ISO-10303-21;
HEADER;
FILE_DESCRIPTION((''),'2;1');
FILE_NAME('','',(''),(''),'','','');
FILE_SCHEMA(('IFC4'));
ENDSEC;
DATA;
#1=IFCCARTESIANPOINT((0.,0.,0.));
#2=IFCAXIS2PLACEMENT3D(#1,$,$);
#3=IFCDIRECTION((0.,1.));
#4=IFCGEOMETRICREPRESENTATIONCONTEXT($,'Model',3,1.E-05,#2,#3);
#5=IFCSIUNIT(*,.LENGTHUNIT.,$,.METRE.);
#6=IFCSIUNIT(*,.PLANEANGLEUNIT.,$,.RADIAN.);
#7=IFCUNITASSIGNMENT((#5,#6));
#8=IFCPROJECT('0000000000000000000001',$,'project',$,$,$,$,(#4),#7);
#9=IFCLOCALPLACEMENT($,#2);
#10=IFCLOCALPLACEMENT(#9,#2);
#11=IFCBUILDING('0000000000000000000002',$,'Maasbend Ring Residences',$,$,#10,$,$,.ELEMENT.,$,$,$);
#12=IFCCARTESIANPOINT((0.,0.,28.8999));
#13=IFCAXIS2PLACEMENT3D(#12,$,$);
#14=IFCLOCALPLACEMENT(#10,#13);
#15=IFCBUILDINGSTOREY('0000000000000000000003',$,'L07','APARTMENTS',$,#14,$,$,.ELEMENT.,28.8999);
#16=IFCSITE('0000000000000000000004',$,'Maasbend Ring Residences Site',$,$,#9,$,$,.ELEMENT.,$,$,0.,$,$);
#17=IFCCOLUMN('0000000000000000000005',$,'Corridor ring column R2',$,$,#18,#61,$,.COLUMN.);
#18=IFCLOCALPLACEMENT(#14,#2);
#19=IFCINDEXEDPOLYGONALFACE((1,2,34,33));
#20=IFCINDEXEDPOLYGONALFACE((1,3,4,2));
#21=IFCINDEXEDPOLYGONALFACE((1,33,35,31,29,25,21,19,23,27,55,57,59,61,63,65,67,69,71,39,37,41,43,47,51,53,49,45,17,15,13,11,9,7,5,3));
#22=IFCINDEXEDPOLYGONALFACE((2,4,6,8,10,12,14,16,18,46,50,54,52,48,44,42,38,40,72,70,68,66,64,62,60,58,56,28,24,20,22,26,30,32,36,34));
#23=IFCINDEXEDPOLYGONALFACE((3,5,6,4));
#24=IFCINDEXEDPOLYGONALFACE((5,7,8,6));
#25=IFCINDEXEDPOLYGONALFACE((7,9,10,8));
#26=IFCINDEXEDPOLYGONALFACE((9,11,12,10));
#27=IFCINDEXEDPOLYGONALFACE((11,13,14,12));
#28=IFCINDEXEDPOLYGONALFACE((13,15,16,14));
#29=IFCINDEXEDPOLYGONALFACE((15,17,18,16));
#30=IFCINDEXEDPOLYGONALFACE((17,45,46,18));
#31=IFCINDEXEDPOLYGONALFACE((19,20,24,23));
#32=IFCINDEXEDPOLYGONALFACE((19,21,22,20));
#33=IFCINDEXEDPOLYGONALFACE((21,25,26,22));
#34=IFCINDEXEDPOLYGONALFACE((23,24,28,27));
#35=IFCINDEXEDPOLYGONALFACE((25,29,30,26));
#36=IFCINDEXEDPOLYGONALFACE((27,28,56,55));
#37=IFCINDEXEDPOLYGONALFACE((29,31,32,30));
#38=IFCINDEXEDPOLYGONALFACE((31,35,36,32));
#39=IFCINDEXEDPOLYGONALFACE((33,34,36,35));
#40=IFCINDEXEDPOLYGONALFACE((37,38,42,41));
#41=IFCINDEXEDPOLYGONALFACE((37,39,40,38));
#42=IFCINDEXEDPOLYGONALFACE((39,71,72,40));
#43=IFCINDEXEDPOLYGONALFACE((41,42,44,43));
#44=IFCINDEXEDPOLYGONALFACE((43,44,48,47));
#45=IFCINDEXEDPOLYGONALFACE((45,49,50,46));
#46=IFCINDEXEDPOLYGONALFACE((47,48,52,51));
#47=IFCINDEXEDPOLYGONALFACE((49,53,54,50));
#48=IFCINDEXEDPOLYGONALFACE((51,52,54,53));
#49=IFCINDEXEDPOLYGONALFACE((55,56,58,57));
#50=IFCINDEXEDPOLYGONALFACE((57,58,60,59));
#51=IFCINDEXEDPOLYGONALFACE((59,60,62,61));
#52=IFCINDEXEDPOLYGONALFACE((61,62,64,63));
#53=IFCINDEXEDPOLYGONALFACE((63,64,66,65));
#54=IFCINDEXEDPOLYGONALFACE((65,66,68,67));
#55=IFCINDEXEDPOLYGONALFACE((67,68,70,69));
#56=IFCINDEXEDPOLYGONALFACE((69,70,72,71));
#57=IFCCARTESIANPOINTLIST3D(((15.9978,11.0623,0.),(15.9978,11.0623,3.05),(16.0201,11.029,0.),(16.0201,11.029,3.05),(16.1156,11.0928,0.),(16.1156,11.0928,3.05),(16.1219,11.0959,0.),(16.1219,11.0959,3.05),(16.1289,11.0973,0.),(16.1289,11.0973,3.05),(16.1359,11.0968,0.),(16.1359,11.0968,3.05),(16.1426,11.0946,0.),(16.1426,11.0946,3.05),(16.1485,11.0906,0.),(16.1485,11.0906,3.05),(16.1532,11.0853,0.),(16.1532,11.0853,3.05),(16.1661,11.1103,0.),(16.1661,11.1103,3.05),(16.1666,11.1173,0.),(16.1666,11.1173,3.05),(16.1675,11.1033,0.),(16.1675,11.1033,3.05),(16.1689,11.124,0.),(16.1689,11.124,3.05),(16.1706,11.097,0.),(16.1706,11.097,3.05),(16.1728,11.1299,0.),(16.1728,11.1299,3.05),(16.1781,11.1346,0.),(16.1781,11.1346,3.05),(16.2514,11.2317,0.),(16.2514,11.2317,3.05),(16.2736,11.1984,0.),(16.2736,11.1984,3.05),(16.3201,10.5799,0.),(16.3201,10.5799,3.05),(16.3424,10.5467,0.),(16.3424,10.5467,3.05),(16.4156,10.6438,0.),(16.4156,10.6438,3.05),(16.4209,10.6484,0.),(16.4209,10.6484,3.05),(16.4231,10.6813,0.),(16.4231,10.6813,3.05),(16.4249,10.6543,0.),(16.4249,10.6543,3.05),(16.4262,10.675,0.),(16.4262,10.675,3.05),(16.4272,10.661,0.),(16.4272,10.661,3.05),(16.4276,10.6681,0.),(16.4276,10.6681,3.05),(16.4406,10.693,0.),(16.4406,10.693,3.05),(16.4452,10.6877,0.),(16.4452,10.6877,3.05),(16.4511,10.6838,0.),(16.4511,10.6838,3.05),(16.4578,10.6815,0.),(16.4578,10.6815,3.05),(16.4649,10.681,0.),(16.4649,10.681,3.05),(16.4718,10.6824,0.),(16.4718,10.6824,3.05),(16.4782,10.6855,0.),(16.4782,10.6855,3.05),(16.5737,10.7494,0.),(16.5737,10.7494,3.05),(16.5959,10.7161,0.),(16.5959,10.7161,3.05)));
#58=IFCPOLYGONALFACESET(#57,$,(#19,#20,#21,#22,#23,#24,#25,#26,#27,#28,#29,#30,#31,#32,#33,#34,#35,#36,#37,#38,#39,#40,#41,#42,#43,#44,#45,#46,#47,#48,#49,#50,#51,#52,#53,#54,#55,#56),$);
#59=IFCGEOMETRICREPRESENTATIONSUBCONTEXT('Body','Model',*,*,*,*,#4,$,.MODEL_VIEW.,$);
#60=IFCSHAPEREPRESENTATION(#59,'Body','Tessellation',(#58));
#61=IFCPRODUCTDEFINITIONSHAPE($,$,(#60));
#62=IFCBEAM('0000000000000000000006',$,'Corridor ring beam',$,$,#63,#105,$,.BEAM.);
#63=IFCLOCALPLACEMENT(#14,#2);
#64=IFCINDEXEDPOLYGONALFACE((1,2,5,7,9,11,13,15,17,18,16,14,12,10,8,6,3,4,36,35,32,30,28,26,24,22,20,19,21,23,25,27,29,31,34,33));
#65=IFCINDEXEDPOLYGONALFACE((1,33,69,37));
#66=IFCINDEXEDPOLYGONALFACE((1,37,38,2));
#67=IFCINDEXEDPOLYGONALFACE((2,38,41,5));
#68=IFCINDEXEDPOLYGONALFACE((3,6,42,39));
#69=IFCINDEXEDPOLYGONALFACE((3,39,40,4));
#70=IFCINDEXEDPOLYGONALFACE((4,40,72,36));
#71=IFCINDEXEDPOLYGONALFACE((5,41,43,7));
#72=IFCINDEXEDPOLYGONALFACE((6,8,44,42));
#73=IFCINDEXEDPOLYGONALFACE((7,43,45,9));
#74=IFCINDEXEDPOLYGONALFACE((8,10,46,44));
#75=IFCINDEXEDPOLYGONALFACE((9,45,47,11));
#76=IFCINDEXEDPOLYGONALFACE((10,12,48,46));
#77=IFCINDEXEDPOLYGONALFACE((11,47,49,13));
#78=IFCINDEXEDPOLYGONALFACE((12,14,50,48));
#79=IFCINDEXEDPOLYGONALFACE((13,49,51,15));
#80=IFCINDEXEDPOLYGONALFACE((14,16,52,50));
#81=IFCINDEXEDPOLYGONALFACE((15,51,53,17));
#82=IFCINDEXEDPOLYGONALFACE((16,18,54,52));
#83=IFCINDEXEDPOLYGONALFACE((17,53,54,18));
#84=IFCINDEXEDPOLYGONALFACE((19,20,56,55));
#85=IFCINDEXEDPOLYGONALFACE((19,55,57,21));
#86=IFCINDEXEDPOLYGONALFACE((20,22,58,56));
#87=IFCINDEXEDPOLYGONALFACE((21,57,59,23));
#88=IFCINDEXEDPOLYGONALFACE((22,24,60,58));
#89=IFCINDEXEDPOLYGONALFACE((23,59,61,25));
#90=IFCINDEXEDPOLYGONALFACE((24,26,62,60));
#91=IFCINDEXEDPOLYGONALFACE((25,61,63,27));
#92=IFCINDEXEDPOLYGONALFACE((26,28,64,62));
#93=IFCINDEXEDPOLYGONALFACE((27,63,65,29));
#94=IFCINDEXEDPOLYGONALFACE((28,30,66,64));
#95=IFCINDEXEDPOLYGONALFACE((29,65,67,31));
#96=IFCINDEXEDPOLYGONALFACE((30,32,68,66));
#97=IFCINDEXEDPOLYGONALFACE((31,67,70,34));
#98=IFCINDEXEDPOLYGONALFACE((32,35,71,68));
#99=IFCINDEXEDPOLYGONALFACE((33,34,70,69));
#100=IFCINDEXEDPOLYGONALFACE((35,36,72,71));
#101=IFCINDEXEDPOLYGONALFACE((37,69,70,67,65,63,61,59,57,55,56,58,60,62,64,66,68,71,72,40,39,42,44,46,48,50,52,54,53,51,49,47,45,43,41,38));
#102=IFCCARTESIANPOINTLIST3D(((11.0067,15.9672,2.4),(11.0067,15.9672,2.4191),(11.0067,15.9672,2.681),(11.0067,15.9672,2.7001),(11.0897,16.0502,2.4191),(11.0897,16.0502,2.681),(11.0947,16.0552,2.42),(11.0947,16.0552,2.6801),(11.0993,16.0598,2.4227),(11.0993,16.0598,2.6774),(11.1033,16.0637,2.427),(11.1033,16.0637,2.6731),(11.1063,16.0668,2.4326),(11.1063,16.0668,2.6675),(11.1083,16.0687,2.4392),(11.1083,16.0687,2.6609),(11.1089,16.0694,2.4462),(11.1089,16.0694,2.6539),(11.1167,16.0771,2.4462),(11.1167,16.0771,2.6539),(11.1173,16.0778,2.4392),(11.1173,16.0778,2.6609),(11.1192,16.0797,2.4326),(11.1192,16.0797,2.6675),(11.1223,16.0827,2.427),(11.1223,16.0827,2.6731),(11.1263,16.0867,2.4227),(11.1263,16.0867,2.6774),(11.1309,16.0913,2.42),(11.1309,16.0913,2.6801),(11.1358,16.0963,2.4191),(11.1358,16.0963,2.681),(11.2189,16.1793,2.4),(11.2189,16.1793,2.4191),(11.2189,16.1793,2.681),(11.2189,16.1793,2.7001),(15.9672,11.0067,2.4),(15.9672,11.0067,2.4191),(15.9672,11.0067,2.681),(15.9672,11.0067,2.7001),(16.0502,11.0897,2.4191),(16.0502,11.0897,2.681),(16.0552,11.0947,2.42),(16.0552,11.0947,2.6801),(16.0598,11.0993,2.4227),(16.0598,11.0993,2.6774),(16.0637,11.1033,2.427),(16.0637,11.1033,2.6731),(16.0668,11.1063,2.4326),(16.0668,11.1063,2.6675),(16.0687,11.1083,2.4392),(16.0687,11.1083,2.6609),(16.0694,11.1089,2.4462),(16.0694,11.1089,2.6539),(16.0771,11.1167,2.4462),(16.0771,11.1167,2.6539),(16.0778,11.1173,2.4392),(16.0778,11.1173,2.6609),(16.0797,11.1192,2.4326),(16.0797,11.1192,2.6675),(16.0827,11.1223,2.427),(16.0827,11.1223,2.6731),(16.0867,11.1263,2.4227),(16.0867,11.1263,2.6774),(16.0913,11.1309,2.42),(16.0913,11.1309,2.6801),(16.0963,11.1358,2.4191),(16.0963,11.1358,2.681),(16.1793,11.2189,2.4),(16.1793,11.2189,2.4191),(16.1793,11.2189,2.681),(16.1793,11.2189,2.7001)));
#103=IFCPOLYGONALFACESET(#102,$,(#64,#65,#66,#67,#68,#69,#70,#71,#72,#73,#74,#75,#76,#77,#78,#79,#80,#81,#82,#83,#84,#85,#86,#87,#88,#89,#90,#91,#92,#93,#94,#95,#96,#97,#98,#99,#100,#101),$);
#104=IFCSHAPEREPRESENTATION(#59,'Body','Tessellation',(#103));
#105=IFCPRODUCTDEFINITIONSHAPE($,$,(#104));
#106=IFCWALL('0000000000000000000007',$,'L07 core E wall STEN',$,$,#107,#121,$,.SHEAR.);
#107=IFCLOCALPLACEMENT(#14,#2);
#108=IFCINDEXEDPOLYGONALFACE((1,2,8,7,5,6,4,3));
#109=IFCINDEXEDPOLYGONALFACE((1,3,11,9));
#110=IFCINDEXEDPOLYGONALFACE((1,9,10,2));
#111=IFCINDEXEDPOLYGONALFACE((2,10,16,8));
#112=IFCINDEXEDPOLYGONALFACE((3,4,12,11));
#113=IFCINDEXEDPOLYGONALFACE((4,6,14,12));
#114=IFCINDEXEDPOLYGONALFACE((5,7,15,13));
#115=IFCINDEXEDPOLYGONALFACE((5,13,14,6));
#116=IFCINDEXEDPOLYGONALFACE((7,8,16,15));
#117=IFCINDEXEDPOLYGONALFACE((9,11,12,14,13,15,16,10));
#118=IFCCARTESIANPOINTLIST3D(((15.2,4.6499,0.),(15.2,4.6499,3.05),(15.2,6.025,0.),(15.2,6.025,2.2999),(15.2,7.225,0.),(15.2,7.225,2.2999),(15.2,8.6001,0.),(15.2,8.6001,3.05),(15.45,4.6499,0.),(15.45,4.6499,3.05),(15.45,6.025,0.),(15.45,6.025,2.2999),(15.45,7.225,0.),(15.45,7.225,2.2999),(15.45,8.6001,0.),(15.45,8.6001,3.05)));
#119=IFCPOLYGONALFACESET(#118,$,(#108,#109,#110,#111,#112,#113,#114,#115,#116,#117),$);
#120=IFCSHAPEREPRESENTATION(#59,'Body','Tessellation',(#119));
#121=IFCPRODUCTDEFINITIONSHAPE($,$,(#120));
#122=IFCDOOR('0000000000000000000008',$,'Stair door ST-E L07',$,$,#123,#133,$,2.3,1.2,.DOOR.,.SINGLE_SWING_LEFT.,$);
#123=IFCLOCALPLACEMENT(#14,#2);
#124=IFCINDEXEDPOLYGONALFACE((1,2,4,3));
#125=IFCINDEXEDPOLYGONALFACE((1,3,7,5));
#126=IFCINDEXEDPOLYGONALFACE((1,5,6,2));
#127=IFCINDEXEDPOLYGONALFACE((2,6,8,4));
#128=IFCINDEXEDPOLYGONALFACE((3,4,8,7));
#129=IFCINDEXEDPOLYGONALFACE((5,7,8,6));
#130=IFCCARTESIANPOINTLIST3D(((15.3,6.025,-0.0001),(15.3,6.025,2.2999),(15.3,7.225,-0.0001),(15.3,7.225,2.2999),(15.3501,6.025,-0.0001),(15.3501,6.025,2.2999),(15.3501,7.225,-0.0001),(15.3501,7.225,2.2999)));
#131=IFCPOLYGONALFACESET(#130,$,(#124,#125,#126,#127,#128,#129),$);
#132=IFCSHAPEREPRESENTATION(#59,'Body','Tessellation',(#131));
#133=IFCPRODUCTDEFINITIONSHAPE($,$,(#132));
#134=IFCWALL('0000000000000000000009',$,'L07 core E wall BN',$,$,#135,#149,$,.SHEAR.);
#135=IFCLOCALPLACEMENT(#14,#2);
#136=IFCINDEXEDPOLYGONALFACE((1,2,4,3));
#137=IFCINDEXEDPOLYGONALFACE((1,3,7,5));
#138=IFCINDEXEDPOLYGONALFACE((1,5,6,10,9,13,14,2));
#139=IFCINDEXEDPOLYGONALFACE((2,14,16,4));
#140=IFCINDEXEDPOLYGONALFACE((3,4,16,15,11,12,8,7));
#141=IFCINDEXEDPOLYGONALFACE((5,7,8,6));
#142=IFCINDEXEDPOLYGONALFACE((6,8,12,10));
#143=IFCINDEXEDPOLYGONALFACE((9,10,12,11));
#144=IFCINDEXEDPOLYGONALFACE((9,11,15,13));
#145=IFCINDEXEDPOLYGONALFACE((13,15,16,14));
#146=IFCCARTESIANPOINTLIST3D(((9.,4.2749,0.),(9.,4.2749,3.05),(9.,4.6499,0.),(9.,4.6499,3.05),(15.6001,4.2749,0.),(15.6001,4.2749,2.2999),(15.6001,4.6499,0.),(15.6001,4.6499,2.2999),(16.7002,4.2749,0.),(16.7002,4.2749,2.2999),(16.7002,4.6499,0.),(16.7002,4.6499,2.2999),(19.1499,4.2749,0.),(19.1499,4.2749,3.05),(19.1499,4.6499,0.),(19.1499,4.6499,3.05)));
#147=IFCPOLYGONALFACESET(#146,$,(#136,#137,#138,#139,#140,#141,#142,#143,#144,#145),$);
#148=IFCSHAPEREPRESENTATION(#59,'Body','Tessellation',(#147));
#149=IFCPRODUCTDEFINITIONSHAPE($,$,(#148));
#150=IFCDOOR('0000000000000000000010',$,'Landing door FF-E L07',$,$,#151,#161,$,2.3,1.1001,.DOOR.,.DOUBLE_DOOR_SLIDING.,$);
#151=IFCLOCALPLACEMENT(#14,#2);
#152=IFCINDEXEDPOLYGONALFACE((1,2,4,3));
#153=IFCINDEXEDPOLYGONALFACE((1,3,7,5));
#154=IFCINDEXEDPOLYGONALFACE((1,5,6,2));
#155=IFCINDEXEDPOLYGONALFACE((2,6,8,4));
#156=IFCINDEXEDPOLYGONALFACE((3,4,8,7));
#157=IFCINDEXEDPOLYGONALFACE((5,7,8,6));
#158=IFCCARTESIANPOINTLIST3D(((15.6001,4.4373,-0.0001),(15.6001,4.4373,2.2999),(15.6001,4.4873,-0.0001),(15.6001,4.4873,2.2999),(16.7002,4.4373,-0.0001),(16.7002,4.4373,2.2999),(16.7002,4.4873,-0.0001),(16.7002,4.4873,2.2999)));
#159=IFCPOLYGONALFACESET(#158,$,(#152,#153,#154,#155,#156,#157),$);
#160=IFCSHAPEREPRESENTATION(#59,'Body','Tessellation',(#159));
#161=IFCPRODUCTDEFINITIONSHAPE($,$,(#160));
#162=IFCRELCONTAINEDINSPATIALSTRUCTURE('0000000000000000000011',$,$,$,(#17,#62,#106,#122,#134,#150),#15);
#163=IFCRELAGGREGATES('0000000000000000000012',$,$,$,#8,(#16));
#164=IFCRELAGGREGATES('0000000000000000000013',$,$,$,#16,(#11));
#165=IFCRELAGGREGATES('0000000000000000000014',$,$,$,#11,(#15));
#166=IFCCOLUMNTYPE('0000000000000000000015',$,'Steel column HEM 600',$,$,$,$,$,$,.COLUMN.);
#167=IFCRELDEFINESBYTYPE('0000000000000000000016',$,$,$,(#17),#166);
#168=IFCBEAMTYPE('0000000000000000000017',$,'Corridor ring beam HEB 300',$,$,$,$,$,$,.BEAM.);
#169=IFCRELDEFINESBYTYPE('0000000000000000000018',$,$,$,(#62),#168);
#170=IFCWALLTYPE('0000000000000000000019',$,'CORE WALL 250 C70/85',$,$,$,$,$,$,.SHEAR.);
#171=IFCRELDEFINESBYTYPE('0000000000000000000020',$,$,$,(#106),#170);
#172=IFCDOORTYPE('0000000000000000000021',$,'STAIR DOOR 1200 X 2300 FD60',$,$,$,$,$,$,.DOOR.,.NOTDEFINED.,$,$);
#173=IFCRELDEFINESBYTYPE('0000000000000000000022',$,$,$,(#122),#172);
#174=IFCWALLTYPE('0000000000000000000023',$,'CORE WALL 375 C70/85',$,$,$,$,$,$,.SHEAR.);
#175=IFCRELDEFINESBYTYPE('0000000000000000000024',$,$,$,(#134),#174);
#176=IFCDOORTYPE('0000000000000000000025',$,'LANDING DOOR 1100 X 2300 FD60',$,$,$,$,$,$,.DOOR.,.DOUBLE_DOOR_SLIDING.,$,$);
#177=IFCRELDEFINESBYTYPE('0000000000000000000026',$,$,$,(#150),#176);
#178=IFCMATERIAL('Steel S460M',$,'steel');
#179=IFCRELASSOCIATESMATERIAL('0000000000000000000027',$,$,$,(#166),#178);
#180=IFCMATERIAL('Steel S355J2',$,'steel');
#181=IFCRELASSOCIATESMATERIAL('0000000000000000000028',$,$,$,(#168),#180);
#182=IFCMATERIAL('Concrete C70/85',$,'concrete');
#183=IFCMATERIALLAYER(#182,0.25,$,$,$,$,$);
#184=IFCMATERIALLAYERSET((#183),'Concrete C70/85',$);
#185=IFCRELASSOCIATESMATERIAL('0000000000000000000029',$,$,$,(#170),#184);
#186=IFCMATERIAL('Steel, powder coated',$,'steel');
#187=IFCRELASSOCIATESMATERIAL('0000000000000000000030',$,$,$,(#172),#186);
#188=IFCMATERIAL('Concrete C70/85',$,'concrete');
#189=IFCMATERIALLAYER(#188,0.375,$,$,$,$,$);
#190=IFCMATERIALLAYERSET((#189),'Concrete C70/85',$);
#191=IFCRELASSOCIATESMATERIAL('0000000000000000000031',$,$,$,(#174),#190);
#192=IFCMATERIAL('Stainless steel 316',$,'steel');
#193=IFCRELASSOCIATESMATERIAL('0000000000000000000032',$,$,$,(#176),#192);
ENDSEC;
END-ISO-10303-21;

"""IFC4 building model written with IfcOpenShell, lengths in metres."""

from ifc_helpers import new_model, si_unit, direction, frame, frame_2d, origin, origin_2d, place, context, subcontext, project, spatial, rectangle, i_section, extrude, material, layer, layer_set, material_profile, profile_set, type_object, element, fill, save


model = new_model("IFC4")

# Units and contexts
model_context = context("Model", 3, precision=1e-05, world=origin(), true_north=direction((0.0, 1.0)))
body_context = subcontext(model_context, "Body", "Model", "MODEL_VIEW")
ifc_project = project(units=[si_unit("LENGTHUNIT", "METRE"), si_unit("PLANEANGLEUNIT", "RADIAN")], contexts=[model_context])

# Site, building, storey
site_placement = place(None, origin())
site = spatial("IfcSite", under=ifc_project, at=site_placement, Name="Maasbend Ring Residences Site", CompositionType="ELEMENT", RefElevation=0.0)
building_placement = place(site_placement, origin())
building = spatial("IfcBuilding", under=site, at=building_placement, Name="Maasbend Ring Residences", CompositionType="ELEMENT")
storey_placement = place(building_placement, frame((0.0, 0.0, 28.8999)))
storey = spatial("IfcBuildingStorey", under=building, at=storey_placement, Name="L07", Description="APARTMENTS", CompositionType="ELEMENT", Elevation=28.8999)

# Column
ifc_material_1 = material(Name="Steel S460M", Category="steel")
ifc_material_profile_1 = material_profile(ifc_material_1, i_section(OverallWidth=0.3049, OverallDepth=0.6201, WebThickness=0.021, FlangeThickness=0.04, FilletRadius=0.0271, at=origin_2d()), Name="HEM 600")
ifc_profile_set_1 = profile_set([ifc_material_profile_1], Name="Steel S460M")
column_type = type_object("IfcColumnType", Name="Steel column HEM 600", PredefinedType="COLUMN", material=ifc_profile_set_1)
column_placement = place(storey_placement, frame((16.2969, 10.8892, 0.0), z_axis=(0.0, 0.0, 1.0), x_axis=(0.83147, 0.55557, 0.0)))
element("IfcColumn", 1, at=column_placement, inside=storey, type_object=column_type, Name="Corridor ring column R2", PredefinedType="COLUMN", context=body_context, shape_type="SweptSolid", body=[
    extrude(i_section(OverallWidth=0.3049, OverallDepth=0.6201, WebThickness=0.021, FlangeThickness=0.04, FilletRadius=0.0271, at=origin_2d()), origin(), (0.0, 0.0, 1.0), 3.05),
])

# Beam
ifc_material_2 = material(Name="Steel S355J2", Category="steel")
ifc_material_profile_2 = material_profile(ifc_material_2, i_section(OverallWidth=0.3, OverallDepth=0.3, WebThickness=0.011, FlangeThickness=0.019, FilletRadius=0.0271, at=origin_2d()), Name="HEB 300")
ifc_profile_set_2 = profile_set([ifc_material_profile_2], Name="Steel S355J2")
beam_type = type_object("IfcBeamType", Name="Corridor ring beam HEB 300", PredefinedType="BEAM", material=ifc_profile_set_2)
beam_placement = place(storey_placement, frame((16.0732, 11.1128, 2.55), z_axis=(-0.707107, 0.707107, 0.0), x_axis=(-0.707107, -0.707107, 0.0)))
element("IfcBeam", 2, at=beam_placement, inside=storey, type_object=beam_type, Name="Corridor ring beam", PredefinedType="BEAM", context=body_context, shape_type="SweptSolid", body=[
    extrude(i_section(OverallWidth=0.3, OverallDepth=0.3, WebThickness=0.011, FlangeThickness=0.019, FilletRadius=0.0271, at=origin_2d()), origin(), (0.0, 0.0, 1.0), 7.0151),
])

# Walls, openings, doors
ifc_material_3 = material(Name="Concrete C70/85", Category="concrete")
ifc_layer_1 = layer(ifc_material_3, 0.25)
ifc_layer_set_1 = layer_set([ifc_layer_1], Name="Concrete C70/85")
wall_type_1 = type_object("IfcWallType", Name="CORE WALL 250 C70/85", PredefinedType="SHEAR", material=ifc_layer_set_1)
wall_1_placement = place(storey_placement, frame((15.325, 4.6499, 0.0), z_axis=(0.0, 0.0, 1.0), x_axis=(0.0, 1.0, 0.0)))
wall_1 = element("IfcWall", 3, at=wall_1_placement, inside=storey, type_object=wall_type_1, Name="L07 core E wall STEN", PredefinedType="SHEAR", context=body_context, shape_type="SweptSolid", body=[
    extrude(rectangle(XDim=3.9502, YDim=0.25, at=frame_2d((1.9751, 0.0))), origin(), (0.0, 0.0, 1.0), 3.05),
])
opening_1_placement = place(wall_1_placement, frame((1.375, 0.0, 0.0)))
opening_1 = element("IfcOpeningElement", 4, at=opening_1_placement, cuts=wall_1, PredefinedType="OPENING", context=body_context, shape_type="SweptSolid", body=[
    extrude(rectangle(XDim=1.2, YDim=2.3, at=frame_2d((0.6001, 1.1499))), frame((0.0, 0.135, 0.0), z_axis=(0.0, -1.0, 0.0), x_axis=(1.0, 0.0, 0.0)), (0.0, 0.0, 1.0), 0.27),
])
ifc_material_4 = material(Name="Steel, powder coated", Category="steel")
door_type_1 = type_object("IfcDoorType", Name="STAIR DOOR 1200 X 2300 FD60", OperationType="NOTDEFINED", PredefinedType="DOOR", material=ifc_material_4)
door_1_placement = place(opening_1_placement, origin())
door_1 = element("IfcDoor", 5, at=door_1_placement, inside=storey, type_object=door_type_1, Name="Stair door ST-E L07", OperationType="SINGLE_SWING_LEFT", OverallHeight=2.3, OverallWidth=1.2, PredefinedType="DOOR", context=body_context, shape_type="SweptSolid", body=[
    extrude(rectangle(XDim=1.2, YDim=2.3, at=frame_2d((0.6001, 1.1499))), frame((0.0, 0.0249, 0.0), z_axis=(0.0, -1.0, 0.0), x_axis=(1.0, 0.0, 0.0)), (0.0, 0.0, 1.0), 0.05),
])
fill(opening_1, door_1)
ifc_material_5 = material(Name="Concrete C70/85", Category="concrete")
ifc_layer_2 = layer(ifc_material_5, 0.375)
ifc_layer_set_2 = layer_set([ifc_layer_2], Name="Concrete C70/85")
wall_type_2 = type_object("IfcWallType", Name="CORE WALL 375 C70/85", PredefinedType="SHEAR", material=ifc_layer_set_2)
wall_2_placement = place(storey_placement, frame((9.0, 4.4624, 0.0), z_axis=(0.0, 0.0, 1.0), x_axis=(1.0, 0.0, 0.0)))
wall_2 = element("IfcWall", 6, at=wall_2_placement, inside=storey, type_object=wall_type_2, Name="L07 core E wall BN", PredefinedType="SHEAR", context=body_context, shape_type="SweptSolid", body=[
    extrude(rectangle(XDim=10.1499, YDim=0.375, at=frame_2d((5.075, 0.0))), origin(), (0.0, 0.0, 1.0), 3.05),
])
opening_2_placement = place(wall_2_placement, frame((6.6001, 0.0, 0.0)))
opening_2 = element("IfcOpeningElement", 7, at=opening_2_placement, cuts=wall_2, PredefinedType="OPENING", context=body_context, shape_type="SweptSolid", body=[
    extrude(rectangle(XDim=1.1001, YDim=2.3, at=frame_2d((0.55, 1.1499))), frame((0.0, 0.1975, 0.0), z_axis=(0.0, -1.0, 0.0), x_axis=(1.0, 0.0, 0.0)), (0.0, 0.0, 1.0), 0.395),
])
ifc_material_6 = material(Name="Stainless steel 316", Category="steel")
door_type_2 = type_object("IfcDoorType", Name="LANDING DOOR 1100 X 2300 FD60", OperationType="DOUBLE_DOOR_SLIDING", PredefinedType="DOOR", material=ifc_material_6)
door_2_placement = place(opening_2_placement, origin())
door_2 = element("IfcDoor", 8, at=door_2_placement, inside=storey, type_object=door_type_2, Name="Landing door FF-E L07", OperationType="DOUBLE_DOOR_SLIDING", OverallHeight=2.3, OverallWidth=1.1001, PredefinedType="DOOR", context=body_context, shape_type="SweptSolid", body=[
    extrude(rectangle(XDim=1.1001, YDim=2.3, at=frame_2d((0.55, 1.1499))), frame((0.0, 0.0249, 0.0), z_axis=(0.0, -1.0, 0.0), x_axis=(1.0, 0.0, 0.0)), (0.0, 0.0, 1.0), 0.05),
])
fill(opening_2, door_2)

save(model, "model.ifc")
